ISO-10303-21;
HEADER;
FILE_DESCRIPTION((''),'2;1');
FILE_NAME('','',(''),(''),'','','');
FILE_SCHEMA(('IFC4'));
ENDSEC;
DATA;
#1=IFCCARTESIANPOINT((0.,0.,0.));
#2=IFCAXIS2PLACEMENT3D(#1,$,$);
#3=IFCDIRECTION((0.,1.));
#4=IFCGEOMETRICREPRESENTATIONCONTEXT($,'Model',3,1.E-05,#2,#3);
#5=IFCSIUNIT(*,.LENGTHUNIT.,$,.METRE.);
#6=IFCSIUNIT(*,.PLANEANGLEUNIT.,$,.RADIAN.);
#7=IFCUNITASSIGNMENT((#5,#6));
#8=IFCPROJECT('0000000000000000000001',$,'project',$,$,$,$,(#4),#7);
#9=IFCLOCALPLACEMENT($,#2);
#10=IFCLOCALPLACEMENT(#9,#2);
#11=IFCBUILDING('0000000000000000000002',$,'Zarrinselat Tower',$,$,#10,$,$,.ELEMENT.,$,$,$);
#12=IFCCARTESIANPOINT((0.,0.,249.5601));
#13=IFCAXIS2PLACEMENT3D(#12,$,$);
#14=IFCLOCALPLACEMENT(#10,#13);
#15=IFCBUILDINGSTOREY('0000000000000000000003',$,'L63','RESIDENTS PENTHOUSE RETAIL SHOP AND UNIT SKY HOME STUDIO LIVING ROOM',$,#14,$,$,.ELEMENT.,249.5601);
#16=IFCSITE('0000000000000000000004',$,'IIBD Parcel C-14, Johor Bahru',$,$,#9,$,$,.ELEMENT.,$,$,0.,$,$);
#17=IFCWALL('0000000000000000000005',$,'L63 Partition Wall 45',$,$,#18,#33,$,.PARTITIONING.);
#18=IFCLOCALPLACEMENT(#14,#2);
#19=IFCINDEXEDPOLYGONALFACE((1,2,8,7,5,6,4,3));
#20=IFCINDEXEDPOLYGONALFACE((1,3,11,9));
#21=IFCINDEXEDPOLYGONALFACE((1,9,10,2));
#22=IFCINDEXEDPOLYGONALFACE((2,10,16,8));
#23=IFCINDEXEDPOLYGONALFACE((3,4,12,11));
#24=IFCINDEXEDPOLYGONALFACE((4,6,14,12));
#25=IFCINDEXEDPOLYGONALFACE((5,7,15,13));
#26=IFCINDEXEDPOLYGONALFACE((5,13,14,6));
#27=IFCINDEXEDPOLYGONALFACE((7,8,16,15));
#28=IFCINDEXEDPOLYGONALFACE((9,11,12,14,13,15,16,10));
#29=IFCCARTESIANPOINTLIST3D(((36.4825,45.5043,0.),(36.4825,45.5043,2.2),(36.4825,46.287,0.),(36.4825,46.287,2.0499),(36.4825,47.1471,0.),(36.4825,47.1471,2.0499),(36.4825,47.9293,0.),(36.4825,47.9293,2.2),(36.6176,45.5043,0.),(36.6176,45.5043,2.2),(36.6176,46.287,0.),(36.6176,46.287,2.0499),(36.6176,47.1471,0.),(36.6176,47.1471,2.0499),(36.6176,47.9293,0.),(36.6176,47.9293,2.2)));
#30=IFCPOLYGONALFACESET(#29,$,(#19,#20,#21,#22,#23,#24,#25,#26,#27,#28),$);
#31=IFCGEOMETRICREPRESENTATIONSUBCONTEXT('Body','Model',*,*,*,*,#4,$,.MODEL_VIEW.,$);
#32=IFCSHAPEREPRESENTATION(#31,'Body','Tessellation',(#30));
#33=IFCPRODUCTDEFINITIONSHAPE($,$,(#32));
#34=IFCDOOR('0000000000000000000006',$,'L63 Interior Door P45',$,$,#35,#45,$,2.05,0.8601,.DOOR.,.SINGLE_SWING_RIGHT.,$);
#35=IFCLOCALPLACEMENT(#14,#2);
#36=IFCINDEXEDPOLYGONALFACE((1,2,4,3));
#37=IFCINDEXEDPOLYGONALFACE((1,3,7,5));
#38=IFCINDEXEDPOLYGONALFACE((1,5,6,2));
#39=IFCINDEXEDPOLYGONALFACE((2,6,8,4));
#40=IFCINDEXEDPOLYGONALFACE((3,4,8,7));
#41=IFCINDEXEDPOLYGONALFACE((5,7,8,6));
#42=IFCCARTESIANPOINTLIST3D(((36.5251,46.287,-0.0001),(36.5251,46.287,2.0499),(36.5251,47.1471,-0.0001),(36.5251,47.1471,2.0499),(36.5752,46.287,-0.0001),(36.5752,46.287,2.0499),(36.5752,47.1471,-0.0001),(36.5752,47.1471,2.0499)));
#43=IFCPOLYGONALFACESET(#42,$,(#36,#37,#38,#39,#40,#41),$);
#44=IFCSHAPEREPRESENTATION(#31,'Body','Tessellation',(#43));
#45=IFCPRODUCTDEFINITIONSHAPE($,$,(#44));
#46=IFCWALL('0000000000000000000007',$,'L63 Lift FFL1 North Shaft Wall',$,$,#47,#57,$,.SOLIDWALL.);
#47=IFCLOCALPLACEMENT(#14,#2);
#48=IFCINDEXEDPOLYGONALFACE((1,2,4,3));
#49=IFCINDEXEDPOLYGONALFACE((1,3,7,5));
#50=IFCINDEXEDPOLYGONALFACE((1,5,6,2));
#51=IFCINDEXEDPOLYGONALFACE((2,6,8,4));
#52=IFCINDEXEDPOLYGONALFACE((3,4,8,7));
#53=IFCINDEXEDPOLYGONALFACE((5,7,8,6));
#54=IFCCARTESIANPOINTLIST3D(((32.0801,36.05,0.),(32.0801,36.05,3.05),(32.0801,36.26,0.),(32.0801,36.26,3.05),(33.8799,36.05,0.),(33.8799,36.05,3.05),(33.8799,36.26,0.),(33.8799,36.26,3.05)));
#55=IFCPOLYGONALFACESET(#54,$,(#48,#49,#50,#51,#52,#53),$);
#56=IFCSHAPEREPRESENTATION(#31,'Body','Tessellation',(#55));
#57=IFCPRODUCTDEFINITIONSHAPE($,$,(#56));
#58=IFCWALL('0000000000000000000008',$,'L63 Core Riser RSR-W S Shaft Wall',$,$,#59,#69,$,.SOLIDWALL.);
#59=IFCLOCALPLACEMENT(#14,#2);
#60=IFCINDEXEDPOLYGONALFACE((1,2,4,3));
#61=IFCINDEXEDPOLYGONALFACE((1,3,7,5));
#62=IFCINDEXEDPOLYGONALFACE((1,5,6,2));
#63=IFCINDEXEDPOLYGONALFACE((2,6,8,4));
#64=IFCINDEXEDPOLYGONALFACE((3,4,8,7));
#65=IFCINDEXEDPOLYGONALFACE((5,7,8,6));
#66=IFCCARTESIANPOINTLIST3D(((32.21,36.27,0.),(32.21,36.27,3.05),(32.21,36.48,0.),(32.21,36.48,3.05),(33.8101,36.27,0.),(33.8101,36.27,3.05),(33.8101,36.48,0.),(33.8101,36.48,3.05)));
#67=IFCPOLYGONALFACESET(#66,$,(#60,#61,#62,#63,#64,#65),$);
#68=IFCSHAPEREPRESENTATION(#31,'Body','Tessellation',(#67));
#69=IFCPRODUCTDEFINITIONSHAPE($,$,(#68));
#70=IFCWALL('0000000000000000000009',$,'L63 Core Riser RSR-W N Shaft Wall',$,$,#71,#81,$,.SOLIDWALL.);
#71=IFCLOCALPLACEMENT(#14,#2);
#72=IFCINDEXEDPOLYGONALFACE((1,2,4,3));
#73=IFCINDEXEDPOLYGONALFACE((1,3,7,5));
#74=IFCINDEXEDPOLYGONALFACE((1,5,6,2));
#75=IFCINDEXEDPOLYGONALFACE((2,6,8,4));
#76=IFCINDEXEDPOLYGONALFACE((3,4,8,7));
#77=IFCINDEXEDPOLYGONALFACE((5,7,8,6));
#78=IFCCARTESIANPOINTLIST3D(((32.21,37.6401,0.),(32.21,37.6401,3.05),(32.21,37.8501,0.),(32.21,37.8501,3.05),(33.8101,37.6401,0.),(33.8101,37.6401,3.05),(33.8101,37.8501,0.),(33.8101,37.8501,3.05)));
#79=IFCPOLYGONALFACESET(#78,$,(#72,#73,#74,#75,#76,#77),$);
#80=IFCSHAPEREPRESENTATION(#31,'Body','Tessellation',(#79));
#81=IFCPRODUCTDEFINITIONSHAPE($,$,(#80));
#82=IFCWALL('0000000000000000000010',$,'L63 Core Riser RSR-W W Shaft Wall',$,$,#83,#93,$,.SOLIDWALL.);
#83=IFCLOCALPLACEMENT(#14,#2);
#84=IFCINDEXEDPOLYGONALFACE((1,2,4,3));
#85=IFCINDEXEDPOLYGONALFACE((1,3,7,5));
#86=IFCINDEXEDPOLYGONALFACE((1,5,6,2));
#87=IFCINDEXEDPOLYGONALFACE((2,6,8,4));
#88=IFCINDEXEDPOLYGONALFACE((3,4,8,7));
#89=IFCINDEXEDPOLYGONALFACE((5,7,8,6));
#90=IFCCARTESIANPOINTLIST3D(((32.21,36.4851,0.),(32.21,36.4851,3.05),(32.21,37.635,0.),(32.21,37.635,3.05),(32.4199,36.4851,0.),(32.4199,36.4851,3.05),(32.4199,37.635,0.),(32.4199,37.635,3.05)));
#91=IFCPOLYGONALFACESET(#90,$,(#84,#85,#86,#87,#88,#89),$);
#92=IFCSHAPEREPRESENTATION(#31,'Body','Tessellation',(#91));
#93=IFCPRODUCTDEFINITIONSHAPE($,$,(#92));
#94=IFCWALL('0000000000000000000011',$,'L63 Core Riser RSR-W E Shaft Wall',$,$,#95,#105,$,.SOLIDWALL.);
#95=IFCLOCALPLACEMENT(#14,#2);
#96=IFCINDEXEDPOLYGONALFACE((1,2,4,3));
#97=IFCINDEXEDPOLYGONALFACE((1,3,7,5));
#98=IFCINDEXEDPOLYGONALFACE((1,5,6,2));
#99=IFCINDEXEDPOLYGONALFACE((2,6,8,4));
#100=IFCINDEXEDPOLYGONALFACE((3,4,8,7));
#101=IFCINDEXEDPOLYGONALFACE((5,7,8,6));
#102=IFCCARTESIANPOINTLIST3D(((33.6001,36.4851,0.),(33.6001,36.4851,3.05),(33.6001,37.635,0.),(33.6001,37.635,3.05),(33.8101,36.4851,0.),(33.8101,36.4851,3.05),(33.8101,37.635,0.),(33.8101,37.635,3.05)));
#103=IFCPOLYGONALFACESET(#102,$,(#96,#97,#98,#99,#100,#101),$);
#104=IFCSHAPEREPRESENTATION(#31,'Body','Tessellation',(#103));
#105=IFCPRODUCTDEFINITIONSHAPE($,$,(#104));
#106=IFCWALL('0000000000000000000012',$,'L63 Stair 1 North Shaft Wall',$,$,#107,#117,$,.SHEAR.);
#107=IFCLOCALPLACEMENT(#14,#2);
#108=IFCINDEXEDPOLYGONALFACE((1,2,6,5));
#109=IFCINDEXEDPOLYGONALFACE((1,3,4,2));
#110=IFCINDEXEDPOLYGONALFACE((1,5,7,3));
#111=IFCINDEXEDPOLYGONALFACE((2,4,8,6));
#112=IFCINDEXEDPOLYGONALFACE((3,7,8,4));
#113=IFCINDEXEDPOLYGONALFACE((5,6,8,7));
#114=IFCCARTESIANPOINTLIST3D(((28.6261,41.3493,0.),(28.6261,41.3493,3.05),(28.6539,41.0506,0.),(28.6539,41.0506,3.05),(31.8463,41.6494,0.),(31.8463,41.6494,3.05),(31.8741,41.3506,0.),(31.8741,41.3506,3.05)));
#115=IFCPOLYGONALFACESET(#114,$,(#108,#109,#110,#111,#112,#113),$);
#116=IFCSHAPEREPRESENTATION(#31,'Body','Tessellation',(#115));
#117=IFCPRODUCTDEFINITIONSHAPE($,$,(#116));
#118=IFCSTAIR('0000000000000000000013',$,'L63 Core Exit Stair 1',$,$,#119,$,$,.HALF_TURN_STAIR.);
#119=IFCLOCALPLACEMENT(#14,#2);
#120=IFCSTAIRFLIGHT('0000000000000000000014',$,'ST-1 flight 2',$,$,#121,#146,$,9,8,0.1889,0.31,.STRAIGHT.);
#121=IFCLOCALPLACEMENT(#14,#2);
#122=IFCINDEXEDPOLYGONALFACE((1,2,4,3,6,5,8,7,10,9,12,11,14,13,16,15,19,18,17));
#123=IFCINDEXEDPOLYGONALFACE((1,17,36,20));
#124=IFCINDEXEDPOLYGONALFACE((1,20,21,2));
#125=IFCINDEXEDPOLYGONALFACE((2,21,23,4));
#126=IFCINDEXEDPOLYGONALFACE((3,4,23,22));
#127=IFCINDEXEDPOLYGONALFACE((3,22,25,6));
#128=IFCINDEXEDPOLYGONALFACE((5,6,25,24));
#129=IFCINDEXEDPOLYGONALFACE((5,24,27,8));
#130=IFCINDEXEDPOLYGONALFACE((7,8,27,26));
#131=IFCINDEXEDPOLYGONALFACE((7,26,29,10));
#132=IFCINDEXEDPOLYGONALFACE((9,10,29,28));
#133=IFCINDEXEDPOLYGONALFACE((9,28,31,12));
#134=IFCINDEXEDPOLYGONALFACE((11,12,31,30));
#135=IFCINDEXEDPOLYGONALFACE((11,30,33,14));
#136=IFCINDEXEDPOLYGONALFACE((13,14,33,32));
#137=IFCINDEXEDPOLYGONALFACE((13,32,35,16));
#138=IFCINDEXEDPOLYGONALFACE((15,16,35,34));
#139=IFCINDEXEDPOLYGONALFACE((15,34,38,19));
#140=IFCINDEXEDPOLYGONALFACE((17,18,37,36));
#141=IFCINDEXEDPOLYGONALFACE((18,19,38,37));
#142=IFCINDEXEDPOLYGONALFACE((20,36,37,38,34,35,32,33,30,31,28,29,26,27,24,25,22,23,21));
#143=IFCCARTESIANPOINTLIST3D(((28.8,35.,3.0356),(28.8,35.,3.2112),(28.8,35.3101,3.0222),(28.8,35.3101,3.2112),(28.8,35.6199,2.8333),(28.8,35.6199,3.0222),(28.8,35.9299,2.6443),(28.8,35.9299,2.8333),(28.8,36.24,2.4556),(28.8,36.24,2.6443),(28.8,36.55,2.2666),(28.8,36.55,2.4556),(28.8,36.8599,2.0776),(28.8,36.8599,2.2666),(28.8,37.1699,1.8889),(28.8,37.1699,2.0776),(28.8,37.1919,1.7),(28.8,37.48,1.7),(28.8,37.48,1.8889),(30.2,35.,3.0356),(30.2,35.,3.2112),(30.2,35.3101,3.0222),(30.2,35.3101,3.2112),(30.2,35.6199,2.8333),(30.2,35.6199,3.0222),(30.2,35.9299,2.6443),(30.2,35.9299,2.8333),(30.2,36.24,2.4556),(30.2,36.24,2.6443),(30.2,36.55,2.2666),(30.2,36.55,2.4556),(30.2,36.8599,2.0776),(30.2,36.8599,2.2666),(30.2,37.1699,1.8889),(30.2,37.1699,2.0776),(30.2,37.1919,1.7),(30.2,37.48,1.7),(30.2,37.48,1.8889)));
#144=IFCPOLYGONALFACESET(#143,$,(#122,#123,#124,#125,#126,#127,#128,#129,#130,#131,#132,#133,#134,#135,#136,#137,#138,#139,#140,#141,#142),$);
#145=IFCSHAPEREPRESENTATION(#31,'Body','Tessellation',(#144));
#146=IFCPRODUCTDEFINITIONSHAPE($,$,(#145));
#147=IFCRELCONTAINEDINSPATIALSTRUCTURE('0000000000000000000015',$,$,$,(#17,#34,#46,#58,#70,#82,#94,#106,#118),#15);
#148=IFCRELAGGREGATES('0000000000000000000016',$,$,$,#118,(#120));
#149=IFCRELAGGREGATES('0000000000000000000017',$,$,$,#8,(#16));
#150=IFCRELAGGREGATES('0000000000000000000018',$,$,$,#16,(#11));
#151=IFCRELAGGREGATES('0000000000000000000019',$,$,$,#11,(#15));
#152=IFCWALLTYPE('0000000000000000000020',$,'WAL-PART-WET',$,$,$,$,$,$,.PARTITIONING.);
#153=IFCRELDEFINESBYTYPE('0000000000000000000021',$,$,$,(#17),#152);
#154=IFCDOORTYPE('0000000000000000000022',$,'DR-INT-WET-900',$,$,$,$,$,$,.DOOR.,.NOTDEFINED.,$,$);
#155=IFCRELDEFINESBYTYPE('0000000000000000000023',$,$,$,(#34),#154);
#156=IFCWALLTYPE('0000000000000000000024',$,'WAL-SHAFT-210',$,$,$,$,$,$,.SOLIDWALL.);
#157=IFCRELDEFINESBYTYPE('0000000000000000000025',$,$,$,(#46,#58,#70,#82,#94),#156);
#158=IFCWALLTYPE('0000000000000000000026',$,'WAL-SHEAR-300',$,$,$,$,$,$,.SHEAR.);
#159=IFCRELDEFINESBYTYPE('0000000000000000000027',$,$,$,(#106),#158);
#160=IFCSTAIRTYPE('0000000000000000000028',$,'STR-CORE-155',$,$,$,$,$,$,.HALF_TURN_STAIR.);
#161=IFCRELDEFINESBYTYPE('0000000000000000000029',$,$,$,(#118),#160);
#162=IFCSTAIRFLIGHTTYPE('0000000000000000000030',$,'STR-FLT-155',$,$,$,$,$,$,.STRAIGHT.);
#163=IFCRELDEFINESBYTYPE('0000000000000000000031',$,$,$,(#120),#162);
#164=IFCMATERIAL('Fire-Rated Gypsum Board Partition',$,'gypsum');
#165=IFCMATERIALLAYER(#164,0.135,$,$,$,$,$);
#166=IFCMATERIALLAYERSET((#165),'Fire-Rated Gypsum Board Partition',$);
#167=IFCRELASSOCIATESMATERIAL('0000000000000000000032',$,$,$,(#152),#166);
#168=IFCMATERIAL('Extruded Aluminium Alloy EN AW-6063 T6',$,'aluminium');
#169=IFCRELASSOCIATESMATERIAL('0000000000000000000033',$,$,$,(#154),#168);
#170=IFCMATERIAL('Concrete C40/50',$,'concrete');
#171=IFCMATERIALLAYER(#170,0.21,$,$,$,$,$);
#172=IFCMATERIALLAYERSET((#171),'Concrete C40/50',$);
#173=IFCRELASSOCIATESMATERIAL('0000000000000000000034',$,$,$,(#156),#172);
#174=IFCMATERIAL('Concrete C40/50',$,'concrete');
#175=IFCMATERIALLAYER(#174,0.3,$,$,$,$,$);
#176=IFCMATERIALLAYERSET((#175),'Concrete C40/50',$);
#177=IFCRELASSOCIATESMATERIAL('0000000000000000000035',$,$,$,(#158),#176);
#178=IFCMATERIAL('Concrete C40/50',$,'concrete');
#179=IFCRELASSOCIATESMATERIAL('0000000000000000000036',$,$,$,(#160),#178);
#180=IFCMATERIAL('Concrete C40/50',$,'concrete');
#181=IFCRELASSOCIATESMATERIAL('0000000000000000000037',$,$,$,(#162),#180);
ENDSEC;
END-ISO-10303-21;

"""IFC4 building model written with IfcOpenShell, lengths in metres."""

from ifc_helpers import new_model, si_unit, direction, frame, frame_2d, origin, place, context, subcontext, project, spatial, polyline, rectangle, outline, extrude, material, layer, layer_set, type_object, element, fill, aggregate, save


model = new_model("IFC4")

# Units and contexts
model_context = context("Model", 3, precision=1e-05, world=origin(), true_north=direction((0.0, 1.0)))
body_context = subcontext(model_context, "Body", "Model", "MODEL_VIEW")
ifc_project = project(units=[si_unit("LENGTHUNIT", "METRE"), si_unit("PLANEANGLEUNIT", "RADIAN")], contexts=[model_context])

# Site, building, storey
site_placement = place(None, origin())
site = spatial("IfcSite", under=ifc_project, at=site_placement, Name="IIBD Parcel C-14, Johor Bahru", CompositionType="ELEMENT", RefElevation=0.0)
building_placement = place(site_placement, origin())
building = spatial("IfcBuilding", under=site, at=building_placement, Name="Zarrinselat Tower", CompositionType="ELEMENT")
storey_placement = place(building_placement, frame((0.0, 0.0, 249.5601)))
storey = spatial("IfcBuildingStorey", under=building, at=storey_placement, Name="L63", Description="RESIDENTS PENTHOUSE RETAIL SHOP AND UNIT SKY HOME STUDIO LIVING ROOM", CompositionType="ELEMENT", Elevation=249.5601)

# Shared definitions
ifc_material_1 = material(Name="Fire-Rated Gypsum Board Partition", Category="gypsum")
ifc_layer_1 = layer(ifc_material_1, 0.135)
ifc_layer_set_1 = layer_set([ifc_layer_1], Name="Fire-Rated Gypsum Board Partition")
wall_type_1 = type_object("IfcWallType", Name="WAL-PART-WET", PredefinedType="PARTITIONING", material=ifc_layer_set_1)

# Wall, opening, door
wall_1_placement = place(storey_placement, frame((36.55, 45.5044, 0.0), z_axis=(0.0, 0.0, 1.0), x_axis=(0.0, 1.0, 0.0)))
wall_1 = element("IfcWall", 1, at=wall_1_placement, inside=storey, type_object=wall_type_1, Name="L63 Partition Wall 45", PredefinedType="PARTITIONING", context=body_context, shape_type="SweptSolid", body=[
    extrude(rectangle(XDim=2.425, YDim=0.135, at=frame_2d((1.2124, 0.0))), origin(), (0.0, 0.0, 1.0), 2.2),
])
opening_1_placement = place(wall_1_placement, frame((0.7825, 0.0, 0.0)))
opening_1 = element("IfcOpeningElement", 2, at=opening_1_placement, cuts=wall_1, PredefinedType="OPENING", context=body_context, shape_type="SweptSolid", body=[
    extrude(rectangle(XDim=0.8601, YDim=2.05, at=frame_2d((0.4302, 1.0249))), frame((0.0, 0.0774, 0.0), z_axis=(0.0, -1.0, 0.0), x_axis=(1.0, 0.0, 0.0)), (0.0, 0.0, 1.0), 0.155),
])
ifc_material_2 = material(Name="Extruded Aluminium Alloy EN AW-6063 T6", Category="aluminium")
door_type_1 = type_object("IfcDoorType", Name="DR-INT-WET-900", OperationType="NOTDEFINED", PredefinedType="DOOR", material=ifc_material_2)
door_1_placement = place(opening_1_placement, origin())
door_1 = element("IfcDoor", 3, at=door_1_placement, inside=storey, type_object=door_type_1, Name="L63 Interior Door P45", OperationType="SINGLE_SWING_RIGHT", OverallHeight=2.05, OverallWidth=0.8601, PredefinedType="DOOR", context=body_context, shape_type="SweptSolid", body=[
    extrude(rectangle(XDim=0.8601, YDim=2.05, at=frame_2d((0.4302, 1.0249))), frame((0.0, 0.0249, 0.0), z_axis=(0.0, -1.0, 0.0), x_axis=(1.0, 0.0, 0.0)), (0.0, 0.0, 1.0), 0.05),
])
fill(opening_1, door_1)

# Walls
ifc_material_3 = material(Name="Concrete C40/50", Category="concrete")
ifc_layer_2 = layer(ifc_material_3, 0.21)
ifc_layer_set_2 = layer_set([ifc_layer_2], Name="Concrete C40/50")
wall_type_2 = type_object("IfcWallType", Name="WAL-SHAFT-210", PredefinedType="SOLIDWALL", material=ifc_layer_set_2)
wall_2_placement = place(storey_placement, frame((32.0801, 36.155, 0.0), z_axis=(0.0, 0.0, 1.0), x_axis=(1.0, 0.0, 0.0)))
element("IfcWall", 4, at=wall_2_placement, inside=storey, type_object=wall_type_2, Name="L63 Lift FFL1 North Shaft Wall", PredefinedType="SOLIDWALL", context=body_context, shape_type="SweptSolid", body=[
    extrude(rectangle(XDim=1.7998, YDim=0.21, at=frame_2d((0.8999, 0.0))), origin(), (0.0, 0.0, 1.0), 3.05),
])
for number, where, z_axis, x_axis, name in (
    (5, (32.21, 36.375, 0.0), (0.0, 0.0, 1.0), (1.0, 0.0, 0.0), "L63 Core Riser RSR-W S Shaft Wall"),
    (6, (32.21, 37.7451, 0.0), (0.0, 0.0, 1.0), (1.0, 0.0, 0.0), "L63 Core Riser RSR-W N Shaft Wall"),
):
    element("IfcWall", number, at=place(storey_placement, frame(where, z_axis=z_axis, x_axis=x_axis)), inside=storey, type_object=wall_type_2, Name=name, PredefinedType="SOLIDWALL", context=body_context, shape_type="SweptSolid", body=[
        extrude(rectangle(XDim=1.6001, YDim=0.21, at=frame_2d((0.8, 0.0))), origin(), (0.0, 0.0, 1.0), 3.05),
    ])
for number, where, z_axis, x_axis, name in (
    (7, (32.3149, 36.4851, 0.0), (0.0, 0.0, 1.0), (0.0, 1.0, 0.0), "L63 Core Riser RSR-W W Shaft Wall"),
    (8, (33.7051, 36.4851, 0.0), (0.0, 0.0, 1.0), (0.0, 1.0, 0.0), "L63 Core Riser RSR-W E Shaft Wall"),
):
    element("IfcWall", number, at=place(storey_placement, frame(where, z_axis=z_axis, x_axis=x_axis)), inside=storey, type_object=wall_type_2, Name=name, PredefinedType="SOLIDWALL", context=body_context, shape_type="SweptSolid", body=[
        extrude(rectangle(XDim=1.1499, YDim=0.21, at=frame_2d((0.575, 0.0))), origin(), (0.0, 0.0, 1.0), 3.05),
    ])
ifc_material_4 = material(Name="Concrete C40/50", Category="concrete")
ifc_layer_3 = layer(ifc_material_4, 0.3)
ifc_layer_set_3 = layer_set([ifc_layer_3], Name="Concrete C40/50")
wall_type_3 = type_object("IfcWallType", Name="WAL-SHEAR-300", PredefinedType="SHEAR", material=ifc_layer_set_3)
wall_3_placement = place(storey_placement, frame((28.6399, 41.2, 0.0), z_axis=(0.0, 0.0, 1.0), x_axis=(0.995687, 0.092775, 0.0)))
element("IfcWall", 9, at=wall_3_placement, inside=storey, type_object=wall_type_3, Name="L63 Stair 1 North Shaft Wall", PredefinedType="SHEAR", context=body_context, shape_type="SweptSolid", body=[
    extrude(rectangle(XDim=3.2341, YDim=0.3, at=frame_2d((1.6172, 0.0))), origin(), (0.0, 0.0, 1.0), 3.05),
])

# Stair, stair flight
ifc_material_5 = material(Name="Concrete C40/50", Category="concrete")
stair_type = type_object("IfcStairType", Name="STR-CORE-155", PredefinedType="HALF_TURN_STAIR", material=ifc_material_5)
stair_placement = place(storey_placement, origin())
stair = element("IfcStair", 10, at=stair_placement, inside=storey, type_object=stair_type, Name="L63 Core Exit Stair 1", PredefinedType="HALF_TURN_STAIR")
ifc_material_6 = material(Name="Concrete C40/50", Category="concrete")
stair_flight_type = type_object("IfcStairFlightType", Name="STR-FLT-155", PredefinedType="STRAIGHT", material=ifc_material_6)
stair_flight_placement = place(storey_placement, frame((29.5, 37.48, 1.7), z_axis=(0.0, 0.0, 1.0), x_axis=(0.0, -1.0, 0.0)))
stair_flight = element("IfcStairFlight", 11, at=stair_flight_placement, type_object=stair_flight_type, Name="ST-1 flight 2", NumberOfRisers=9, NumberOfTreads=8, PredefinedType="STRAIGHT", RiserHeight=0.1889, TreadLength=0.31, context=body_context, shape_type="SweptSolid", body=[
    extrude(outline(polyline([(0.0, 0.0), (0.0, 0.189), (0.3101, 0.189), (0.3101, 0.3777), (0.6201, 0.3777), (0.6201, 0.5667), (0.9299, 0.5667), (0.9299, 0.7556), (1.24, 0.7556), (1.24, 0.9443), (1.55, 0.9443), (1.55, 1.1333), (1.8601, 1.1333), (1.8601, 1.3223), (2.1699, 1.3223), (2.1699, 1.5112), (2.48, 1.5112), (2.48, 1.7), (2.48, 1.3357), (0.2881, 0.0), (0.0, 0.0)])), frame((0.0, 0.7, 0.0), z_axis=(0.0, -1.0, 0.0), x_axis=(1.0, 0.0, 0.0)), (0.0, 0.0, 1.0), 1.3999),
])
aggregate(stair, [stair_flight])

save(model, "model.ifc")
